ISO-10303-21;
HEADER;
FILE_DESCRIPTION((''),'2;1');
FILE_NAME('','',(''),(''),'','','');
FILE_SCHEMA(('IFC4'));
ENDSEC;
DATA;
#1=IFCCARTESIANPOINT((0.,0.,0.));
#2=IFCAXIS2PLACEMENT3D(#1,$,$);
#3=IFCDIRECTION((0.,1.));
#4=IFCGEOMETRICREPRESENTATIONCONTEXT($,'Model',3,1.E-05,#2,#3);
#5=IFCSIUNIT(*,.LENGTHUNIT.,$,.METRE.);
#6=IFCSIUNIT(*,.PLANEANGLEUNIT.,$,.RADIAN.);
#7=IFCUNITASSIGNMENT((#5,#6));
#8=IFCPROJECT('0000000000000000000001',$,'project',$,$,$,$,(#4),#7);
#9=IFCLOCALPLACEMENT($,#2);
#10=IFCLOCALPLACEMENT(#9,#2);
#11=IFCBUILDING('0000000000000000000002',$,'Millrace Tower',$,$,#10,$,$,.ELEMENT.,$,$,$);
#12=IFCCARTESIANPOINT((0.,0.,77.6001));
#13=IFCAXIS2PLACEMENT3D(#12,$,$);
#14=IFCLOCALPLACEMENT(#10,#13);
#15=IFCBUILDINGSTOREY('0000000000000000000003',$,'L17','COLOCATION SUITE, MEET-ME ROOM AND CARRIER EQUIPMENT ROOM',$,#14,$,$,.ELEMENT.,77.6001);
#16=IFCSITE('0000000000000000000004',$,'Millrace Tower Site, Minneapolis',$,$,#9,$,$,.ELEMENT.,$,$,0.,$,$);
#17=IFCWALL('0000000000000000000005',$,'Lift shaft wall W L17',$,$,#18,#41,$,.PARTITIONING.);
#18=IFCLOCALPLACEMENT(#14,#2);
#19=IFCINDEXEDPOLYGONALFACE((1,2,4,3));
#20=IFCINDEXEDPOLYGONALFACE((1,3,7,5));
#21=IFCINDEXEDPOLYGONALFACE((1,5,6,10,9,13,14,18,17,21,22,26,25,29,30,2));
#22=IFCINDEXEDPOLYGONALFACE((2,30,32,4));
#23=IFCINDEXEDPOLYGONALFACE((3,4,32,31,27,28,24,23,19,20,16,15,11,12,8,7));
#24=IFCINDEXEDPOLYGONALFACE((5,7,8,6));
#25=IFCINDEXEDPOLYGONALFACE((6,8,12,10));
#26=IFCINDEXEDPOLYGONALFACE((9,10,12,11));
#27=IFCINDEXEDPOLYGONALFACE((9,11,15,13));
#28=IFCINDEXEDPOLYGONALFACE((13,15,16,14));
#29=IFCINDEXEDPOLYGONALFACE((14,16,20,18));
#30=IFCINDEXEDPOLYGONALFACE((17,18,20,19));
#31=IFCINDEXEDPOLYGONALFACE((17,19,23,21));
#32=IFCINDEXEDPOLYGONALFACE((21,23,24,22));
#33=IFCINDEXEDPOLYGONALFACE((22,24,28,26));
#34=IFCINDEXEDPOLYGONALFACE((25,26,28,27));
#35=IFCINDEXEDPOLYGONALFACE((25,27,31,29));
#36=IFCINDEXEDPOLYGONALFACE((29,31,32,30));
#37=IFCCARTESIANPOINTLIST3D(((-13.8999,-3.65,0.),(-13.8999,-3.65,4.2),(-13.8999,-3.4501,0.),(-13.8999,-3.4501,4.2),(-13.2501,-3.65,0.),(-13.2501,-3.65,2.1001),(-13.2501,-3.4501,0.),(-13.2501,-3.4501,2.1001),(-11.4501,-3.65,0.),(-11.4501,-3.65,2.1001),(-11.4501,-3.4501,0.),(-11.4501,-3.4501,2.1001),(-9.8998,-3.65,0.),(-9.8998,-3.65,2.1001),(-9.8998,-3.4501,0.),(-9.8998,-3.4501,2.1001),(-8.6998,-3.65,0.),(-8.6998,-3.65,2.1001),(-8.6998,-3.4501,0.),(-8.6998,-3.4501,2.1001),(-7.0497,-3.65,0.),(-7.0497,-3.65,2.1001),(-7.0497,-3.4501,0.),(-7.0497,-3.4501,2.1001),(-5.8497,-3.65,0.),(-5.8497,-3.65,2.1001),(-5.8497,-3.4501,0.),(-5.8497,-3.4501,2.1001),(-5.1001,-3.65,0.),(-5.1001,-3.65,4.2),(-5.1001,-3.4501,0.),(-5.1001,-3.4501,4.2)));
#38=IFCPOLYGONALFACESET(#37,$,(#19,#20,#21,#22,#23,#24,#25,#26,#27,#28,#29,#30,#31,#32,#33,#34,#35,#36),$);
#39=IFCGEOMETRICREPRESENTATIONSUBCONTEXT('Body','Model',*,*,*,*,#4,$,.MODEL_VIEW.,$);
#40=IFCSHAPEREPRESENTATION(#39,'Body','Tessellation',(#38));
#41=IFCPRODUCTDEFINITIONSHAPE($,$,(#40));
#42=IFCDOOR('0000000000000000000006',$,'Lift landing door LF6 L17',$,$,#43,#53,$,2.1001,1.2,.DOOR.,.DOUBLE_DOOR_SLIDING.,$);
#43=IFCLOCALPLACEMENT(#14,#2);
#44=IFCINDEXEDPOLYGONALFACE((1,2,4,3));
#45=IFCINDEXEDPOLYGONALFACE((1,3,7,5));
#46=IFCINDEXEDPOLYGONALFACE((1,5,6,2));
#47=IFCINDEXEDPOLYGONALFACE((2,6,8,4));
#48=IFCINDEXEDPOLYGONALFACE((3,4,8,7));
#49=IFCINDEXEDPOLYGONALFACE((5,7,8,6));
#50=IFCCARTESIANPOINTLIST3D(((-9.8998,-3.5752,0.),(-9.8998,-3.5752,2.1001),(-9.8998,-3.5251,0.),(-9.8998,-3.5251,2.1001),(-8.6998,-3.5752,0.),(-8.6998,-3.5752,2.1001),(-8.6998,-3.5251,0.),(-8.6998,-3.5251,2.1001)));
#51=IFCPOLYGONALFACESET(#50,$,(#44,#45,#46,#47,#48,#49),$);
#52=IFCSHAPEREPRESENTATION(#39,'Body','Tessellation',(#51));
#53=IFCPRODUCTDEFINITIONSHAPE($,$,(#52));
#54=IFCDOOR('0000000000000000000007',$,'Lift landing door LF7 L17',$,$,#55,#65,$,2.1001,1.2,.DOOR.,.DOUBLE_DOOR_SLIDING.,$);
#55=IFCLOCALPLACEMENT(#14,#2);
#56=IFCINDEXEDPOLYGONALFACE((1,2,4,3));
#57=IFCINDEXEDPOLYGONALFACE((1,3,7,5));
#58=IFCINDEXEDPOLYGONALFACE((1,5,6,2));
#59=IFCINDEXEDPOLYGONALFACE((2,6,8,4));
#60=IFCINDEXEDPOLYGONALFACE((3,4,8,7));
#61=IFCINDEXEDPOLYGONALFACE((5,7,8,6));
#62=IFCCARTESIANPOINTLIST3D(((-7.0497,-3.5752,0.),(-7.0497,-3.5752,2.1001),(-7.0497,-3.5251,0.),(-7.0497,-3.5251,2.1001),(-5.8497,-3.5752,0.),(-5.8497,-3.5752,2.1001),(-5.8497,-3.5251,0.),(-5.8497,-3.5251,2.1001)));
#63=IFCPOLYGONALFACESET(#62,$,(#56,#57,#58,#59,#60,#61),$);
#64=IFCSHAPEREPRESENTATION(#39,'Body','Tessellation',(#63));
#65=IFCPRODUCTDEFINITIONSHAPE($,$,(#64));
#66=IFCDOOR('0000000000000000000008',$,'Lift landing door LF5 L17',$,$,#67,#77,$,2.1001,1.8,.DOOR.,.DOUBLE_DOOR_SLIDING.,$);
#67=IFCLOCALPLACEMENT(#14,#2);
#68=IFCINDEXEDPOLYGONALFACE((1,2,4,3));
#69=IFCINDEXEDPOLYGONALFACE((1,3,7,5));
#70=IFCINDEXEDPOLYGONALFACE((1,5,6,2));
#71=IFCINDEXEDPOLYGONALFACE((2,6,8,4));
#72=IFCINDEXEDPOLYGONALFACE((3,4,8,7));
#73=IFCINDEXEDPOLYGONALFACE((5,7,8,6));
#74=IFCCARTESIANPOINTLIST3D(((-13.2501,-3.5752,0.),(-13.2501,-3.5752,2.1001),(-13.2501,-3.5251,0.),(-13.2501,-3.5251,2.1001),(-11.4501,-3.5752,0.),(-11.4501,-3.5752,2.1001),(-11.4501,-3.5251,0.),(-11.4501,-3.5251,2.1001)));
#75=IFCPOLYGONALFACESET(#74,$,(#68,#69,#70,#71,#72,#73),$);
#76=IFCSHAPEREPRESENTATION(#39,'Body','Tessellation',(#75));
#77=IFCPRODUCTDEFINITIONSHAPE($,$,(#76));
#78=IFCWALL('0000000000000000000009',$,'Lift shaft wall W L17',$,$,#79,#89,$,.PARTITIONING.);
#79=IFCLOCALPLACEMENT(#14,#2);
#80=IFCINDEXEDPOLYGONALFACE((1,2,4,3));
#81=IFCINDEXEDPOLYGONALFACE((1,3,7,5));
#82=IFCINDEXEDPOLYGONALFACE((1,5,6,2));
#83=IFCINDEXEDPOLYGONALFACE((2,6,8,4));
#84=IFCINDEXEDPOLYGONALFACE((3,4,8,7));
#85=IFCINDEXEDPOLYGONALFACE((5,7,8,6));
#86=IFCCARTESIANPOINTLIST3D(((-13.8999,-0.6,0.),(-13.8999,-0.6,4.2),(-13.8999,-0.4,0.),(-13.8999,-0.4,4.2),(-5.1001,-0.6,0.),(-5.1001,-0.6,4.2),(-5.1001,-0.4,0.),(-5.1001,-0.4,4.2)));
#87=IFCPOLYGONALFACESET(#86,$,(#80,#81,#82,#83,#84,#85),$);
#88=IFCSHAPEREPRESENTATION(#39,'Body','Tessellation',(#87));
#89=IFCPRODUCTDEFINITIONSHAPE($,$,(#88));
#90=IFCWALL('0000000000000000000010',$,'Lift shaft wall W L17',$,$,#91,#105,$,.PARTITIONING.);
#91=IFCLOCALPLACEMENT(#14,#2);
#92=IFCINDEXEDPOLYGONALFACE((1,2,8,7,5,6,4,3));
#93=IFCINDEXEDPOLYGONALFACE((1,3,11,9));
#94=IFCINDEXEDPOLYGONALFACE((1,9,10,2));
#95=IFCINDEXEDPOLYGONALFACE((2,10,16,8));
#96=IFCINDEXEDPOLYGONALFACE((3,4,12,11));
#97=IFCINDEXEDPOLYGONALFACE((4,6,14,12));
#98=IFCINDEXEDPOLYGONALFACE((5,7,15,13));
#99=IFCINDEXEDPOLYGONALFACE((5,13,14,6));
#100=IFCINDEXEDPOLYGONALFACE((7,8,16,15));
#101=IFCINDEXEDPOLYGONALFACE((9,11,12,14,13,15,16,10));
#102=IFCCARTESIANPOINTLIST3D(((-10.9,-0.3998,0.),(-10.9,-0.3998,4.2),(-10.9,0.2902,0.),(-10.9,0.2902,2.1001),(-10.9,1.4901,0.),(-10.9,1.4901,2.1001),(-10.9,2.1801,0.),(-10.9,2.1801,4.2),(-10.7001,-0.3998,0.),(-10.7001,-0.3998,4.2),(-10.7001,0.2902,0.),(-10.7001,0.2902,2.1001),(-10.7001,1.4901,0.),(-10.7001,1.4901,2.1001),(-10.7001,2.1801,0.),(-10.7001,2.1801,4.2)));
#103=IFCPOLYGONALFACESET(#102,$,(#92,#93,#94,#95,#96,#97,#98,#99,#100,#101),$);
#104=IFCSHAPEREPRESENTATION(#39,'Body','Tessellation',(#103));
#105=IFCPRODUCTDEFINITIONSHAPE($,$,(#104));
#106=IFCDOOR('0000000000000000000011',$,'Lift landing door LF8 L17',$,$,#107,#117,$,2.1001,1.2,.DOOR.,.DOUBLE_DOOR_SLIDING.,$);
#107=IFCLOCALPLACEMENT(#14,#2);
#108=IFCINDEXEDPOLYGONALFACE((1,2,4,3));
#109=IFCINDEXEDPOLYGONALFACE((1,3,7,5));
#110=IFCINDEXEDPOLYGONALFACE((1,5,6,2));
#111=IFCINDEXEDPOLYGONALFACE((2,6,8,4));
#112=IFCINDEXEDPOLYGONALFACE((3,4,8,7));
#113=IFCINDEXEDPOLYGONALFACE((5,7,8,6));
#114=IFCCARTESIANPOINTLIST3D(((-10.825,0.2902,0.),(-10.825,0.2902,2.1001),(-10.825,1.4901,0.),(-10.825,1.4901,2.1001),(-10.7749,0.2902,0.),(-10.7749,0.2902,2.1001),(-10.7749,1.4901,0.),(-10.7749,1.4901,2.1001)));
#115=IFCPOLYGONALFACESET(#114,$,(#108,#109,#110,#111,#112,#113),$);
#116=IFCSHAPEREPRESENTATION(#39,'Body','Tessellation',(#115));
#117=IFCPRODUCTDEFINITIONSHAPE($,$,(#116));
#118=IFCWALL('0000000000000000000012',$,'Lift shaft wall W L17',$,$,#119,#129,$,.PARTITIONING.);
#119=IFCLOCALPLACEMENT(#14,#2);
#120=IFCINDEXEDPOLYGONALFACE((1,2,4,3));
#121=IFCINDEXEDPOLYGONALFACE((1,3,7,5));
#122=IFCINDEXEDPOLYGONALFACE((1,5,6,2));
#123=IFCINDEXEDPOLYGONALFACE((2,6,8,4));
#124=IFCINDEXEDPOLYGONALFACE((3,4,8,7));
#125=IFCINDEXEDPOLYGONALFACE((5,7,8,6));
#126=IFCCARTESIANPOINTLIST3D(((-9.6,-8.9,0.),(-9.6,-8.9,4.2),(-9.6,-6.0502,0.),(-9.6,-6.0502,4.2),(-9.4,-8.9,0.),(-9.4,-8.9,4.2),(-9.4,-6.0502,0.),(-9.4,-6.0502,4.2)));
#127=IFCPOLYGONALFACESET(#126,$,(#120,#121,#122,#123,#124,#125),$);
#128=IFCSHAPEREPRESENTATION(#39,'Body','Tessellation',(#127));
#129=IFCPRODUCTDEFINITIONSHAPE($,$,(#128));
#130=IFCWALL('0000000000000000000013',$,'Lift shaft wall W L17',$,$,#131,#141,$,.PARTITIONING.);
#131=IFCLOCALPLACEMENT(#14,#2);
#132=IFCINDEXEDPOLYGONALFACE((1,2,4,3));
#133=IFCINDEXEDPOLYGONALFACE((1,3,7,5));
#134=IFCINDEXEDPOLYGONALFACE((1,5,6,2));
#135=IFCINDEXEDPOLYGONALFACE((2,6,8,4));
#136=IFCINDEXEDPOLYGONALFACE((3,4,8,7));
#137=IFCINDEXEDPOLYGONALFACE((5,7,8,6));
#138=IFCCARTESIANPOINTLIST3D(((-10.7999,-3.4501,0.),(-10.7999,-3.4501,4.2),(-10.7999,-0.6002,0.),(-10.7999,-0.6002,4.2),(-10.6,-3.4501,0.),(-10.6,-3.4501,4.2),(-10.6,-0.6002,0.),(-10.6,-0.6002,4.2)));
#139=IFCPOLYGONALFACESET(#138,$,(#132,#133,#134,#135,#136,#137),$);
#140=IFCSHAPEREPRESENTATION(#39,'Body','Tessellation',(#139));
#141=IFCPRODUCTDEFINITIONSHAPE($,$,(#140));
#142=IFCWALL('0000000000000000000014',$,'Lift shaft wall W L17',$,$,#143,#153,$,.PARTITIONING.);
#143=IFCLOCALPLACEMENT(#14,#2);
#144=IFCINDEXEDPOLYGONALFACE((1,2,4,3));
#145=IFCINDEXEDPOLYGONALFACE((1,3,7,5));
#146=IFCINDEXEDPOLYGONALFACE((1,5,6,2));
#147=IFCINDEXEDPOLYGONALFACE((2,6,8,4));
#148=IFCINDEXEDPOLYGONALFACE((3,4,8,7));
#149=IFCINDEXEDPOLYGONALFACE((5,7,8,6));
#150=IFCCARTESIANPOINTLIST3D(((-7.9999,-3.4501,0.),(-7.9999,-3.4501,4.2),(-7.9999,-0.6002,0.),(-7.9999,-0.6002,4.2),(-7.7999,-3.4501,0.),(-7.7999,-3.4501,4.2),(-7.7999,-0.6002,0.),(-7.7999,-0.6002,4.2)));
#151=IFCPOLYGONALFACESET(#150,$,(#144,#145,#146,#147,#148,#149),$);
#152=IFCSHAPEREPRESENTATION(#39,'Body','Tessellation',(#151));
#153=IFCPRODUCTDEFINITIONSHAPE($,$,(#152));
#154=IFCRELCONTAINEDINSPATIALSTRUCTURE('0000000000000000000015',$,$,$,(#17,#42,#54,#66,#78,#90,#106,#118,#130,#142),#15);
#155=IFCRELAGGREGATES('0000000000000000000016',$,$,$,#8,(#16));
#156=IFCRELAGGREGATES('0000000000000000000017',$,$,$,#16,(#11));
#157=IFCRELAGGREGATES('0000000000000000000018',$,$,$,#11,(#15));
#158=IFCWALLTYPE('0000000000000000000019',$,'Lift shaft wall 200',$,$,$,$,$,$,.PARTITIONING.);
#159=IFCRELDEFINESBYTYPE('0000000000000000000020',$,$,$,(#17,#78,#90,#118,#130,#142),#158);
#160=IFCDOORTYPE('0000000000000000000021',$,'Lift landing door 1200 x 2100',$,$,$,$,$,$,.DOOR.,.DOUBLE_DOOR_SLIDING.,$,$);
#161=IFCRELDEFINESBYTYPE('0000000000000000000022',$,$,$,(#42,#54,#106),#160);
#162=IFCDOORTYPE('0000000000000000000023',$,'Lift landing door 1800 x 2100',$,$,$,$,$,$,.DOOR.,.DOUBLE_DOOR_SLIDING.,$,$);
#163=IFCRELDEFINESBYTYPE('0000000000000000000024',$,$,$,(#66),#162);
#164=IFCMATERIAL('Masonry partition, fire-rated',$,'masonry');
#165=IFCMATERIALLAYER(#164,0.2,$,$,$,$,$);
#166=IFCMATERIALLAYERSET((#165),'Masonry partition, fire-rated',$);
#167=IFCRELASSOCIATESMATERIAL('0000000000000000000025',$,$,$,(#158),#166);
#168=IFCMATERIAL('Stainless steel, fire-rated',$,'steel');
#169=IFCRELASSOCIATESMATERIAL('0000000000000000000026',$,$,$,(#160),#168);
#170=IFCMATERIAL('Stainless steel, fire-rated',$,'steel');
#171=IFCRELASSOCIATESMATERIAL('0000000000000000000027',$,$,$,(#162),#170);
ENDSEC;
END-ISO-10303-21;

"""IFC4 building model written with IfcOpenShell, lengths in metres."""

from ifc_helpers import new_model, si_unit, direction, frame, frame_2d, origin, place, context, subcontext, project, spatial, rectangle, extrude, material, layer, layer_set, type_object, element, fill, save


model = new_model("IFC4")

# Units and contexts
model_context = context("Model", 3, precision=1e-05, world=origin(), true_north=direction((0.0, 1.0)))
body_context = subcontext(model_context, "Body", "Model", "MODEL_VIEW")
ifc_project = project(units=[si_unit("LENGTHUNIT", "METRE"), si_unit("PLANEANGLEUNIT", "RADIAN")], contexts=[model_context])

# Site, building, storey
site_placement = place(None, origin())
site = spatial("IfcSite", under=ifc_project, at=site_placement, Name="Millrace Tower Site, Minneapolis", CompositionType="ELEMENT", RefElevation=0.0)
building_placement = place(site_placement, origin())
building = spatial("IfcBuilding", under=site, at=building_placement, Name="Millrace Tower", CompositionType="ELEMENT")
storey_placement = place(building_placement, frame((0.0, 0.0, 77.6001)))
storey = spatial("IfcBuildingStorey", under=building, at=storey_placement, Name="L17", Description="COLOCATION SUITE, MEET-ME ROOM AND CARRIER EQUIPMENT ROOM", CompositionType="ELEMENT", Elevation=77.6001)

# Wall, openings, doors
ifc_material_1 = material(Name="Masonry partition, fire-rated", Category="masonry")
ifc_layer_1 = layer(ifc_material_1, 0.2)
ifc_layer_set_1 = layer_set([ifc_layer_1], Name="Masonry partition, fire-rated")
wall_type_1 = type_object("IfcWallType", Name="Lift shaft wall 200", PredefinedType="PARTITIONING", material=ifc_layer_set_1)
wall_1_placement = place(storey_placement, frame((-13.8999, -3.55, 0.0), z_axis=(0.0, 0.0, 1.0), x_axis=(1.0, 0.0, 0.0)))
wall_1 = element("IfcWall", 1, at=wall_1_placement, inside=storey, type_object=wall_type_1, Name="Lift shaft wall W L17", PredefinedType="PARTITIONING", context=body_context, shape_type="SweptSolid", body=[
    extrude(rectangle(XDim=8.7998, YDim=0.2, at=frame_2d((4.3999, 0.0))), origin(), (0.0, 0.0, 1.0), 4.2),
])
opening_1_placement = place(wall_1_placement, frame((0.6499, 0.0, 0.0)))
opening_1 = element("IfcOpeningElement", 2, at=opening_1_placement, cuts=wall_1, PredefinedType="OPENING", context=body_context, shape_type="SweptSolid", body=[
    extrude(rectangle(XDim=1.8, YDim=2.1001, at=frame_2d((0.8999, 1.05))), frame((0.0, 0.1099, 0.0), z_axis=(0.0, -1.0, 0.0), x_axis=(1.0, 0.0, 0.0)), (0.0, 0.0, 1.0), 0.22),
])
opening_2_placement = place(wall_1_placement, frame((4.0, 0.0, 0.0)))
opening_2 = element("IfcOpeningElement", 3, at=opening_2_placement, cuts=wall_1, PredefinedType="OPENING", context=body_context, shape_type="SweptSolid", body=[
    extrude(rectangle(XDim=1.2, YDim=2.1001, at=frame_2d((0.6001, 1.05))), frame((0.0, 0.1099, 0.0), z_axis=(0.0, -1.0, 0.0), x_axis=(1.0, 0.0, 0.0)), (0.0, 0.0, 1.0), 0.22),
])
opening_3_placement = place(wall_1_placement, frame((6.8501, 0.0, 0.0)))
opening_3 = element("IfcOpeningElement", 4, at=opening_3_placement, cuts=wall_1, PredefinedType="OPENING", context=body_context, shape_type="SweptSolid", body=[
    extrude(rectangle(XDim=1.2, YDim=2.1001, at=frame_2d((0.6001, 1.05))), frame((0.0, 0.1099, 0.0), z_axis=(0.0, -1.0, 0.0), x_axis=(1.0, 0.0, 0.0)), (0.0, 0.0, 1.0), 0.22),
])
ifc_material_2 = material(Name="Stainless steel, fire-rated", Category="steel")
door_type_1 = type_object("IfcDoorType", Name="Lift landing door 1200 x 2100", OperationType="DOUBLE_DOOR_SLIDING", PredefinedType="DOOR", material=ifc_material_2)
door_1_placement = place(opening_2_placement, origin())
door_1 = element("IfcDoor", 5, at=door_1_placement, inside=storey, type_object=door_type_1, Name="Lift landing door LF6 L17", OperationType="DOUBLE_DOOR_SLIDING", OverallHeight=2.1001, OverallWidth=1.2, PredefinedType="DOOR", context=body_context, shape_type="SweptSolid", body=[
    extrude(rectangle(XDim=1.2, YDim=2.1001, at=frame_2d((0.6001, 1.05))), frame((0.0, 0.0249, 0.0), z_axis=(0.0, -1.0, 0.0), x_axis=(1.0, 0.0, 0.0)), (0.0, 0.0, 1.0), 0.05),
])
fill(opening_2, door_1)
door_2_placement = place(opening_3_placement, origin())
door_2 = element("IfcDoor", 6, at=door_2_placement, inside=storey, type_object=door_type_1, Name="Lift landing door LF7 L17", OperationType="DOUBLE_DOOR_SLIDING", OverallHeight=2.1001, OverallWidth=1.2, PredefinedType="DOOR", context=body_context, shape_type="SweptSolid", body=[
    extrude(rectangle(XDim=1.2, YDim=2.1001, at=frame_2d((0.6001, 1.05))), frame((0.0, 0.0249, 0.0), z_axis=(0.0, -1.0, 0.0), x_axis=(1.0, 0.0, 0.0)), (0.0, 0.0, 1.0), 0.05),
])
fill(opening_3, door_2)
ifc_material_3 = material(Name="Stainless steel, fire-rated", Category="steel")
door_type_2 = type_object("IfcDoorType", Name="Lift landing door 1800 x 2100", OperationType="DOUBLE_DOOR_SLIDING", PredefinedType="DOOR", material=ifc_material_3)
door_3_placement = place(opening_1_placement, origin())
door_3 = element("IfcDoor", 7, at=door_3_placement, inside=storey, type_object=door_type_2, Name="Lift landing door LF5 L17", OperationType="DOUBLE_DOOR_SLIDING", OverallHeight=2.1001, OverallWidth=1.8, PredefinedType="DOOR", context=body_context, shape_type="SweptSolid", body=[
    extrude(rectangle(XDim=1.8, YDim=2.1001, at=frame_2d((0.8999, 1.05))), frame((0.0, 0.0249, 0.0), z_axis=(0.0, -1.0, 0.0), x_axis=(1.0, 0.0, 0.0)), (0.0, 0.0, 1.0), 0.05),
])
fill(opening_1, door_3)

# Wall
wall_2_placement = place(storey_placement, frame((-13.8999, -0.5, 0.0), z_axis=(0.0, 0.0, 1.0), x_axis=(1.0, 0.0, 0.0)))
element("IfcWall", 8, at=wall_2_placement, inside=storey, type_object=wall_type_1, Name="Lift shaft wall W L17", PredefinedType="PARTITIONING", context=body_context, shape_type="SweptSolid", body=[
    extrude(rectangle(XDim=8.7998, YDim=0.2, at=frame_2d((4.3999, 0.0))), origin(), (0.0, 0.0, 1.0), 4.2),
])

# Wall, opening, door
wall_3_placement = place(storey_placement, frame((-10.8, -0.3999, 0.0), z_axis=(0.0, 0.0, 1.0), x_axis=(0.0, 1.0, 0.0)))
wall_3 = element("IfcWall", 9, at=wall_3_placement, inside=storey, type_object=wall_type_1, Name="Lift shaft wall W L17", PredefinedType="PARTITIONING", context=body_context, shape_type="SweptSolid", body=[
    extrude(rectangle(XDim=2.5798, YDim=0.2, at=frame_2d((1.29, 0.0))), origin(), (0.0, 0.0, 1.0), 4.2),
])
opening_4_placement = place(wall_3_placement, frame((0.6899, 0.0, 0.0)))
opening_4 = element("IfcOpeningElement", 10, at=opening_4_placement, cuts=wall_3, PredefinedType="OPENING", context=body_context, shape_type="SweptSolid", body=[
    extrude(rectangle(XDim=1.2, YDim=2.1001, at=frame_2d((0.6001, 1.05))), frame((0.0, 0.1099, 0.0), z_axis=(0.0, -1.0, 0.0), x_axis=(1.0, 0.0, 0.0)), (0.0, 0.0, 1.0), 0.22),
])
door_4_placement = place(opening_4_placement, origin())
door_4 = element("IfcDoor", 11, at=door_4_placement, inside=storey, type_object=door_type_1, Name="Lift landing door LF8 L17", OperationType="DOUBLE_DOOR_SLIDING", OverallHeight=2.1001, OverallWidth=1.2, PredefinedType="DOOR", context=body_context, shape_type="SweptSolid", body=[
    extrude(rectangle(XDim=1.2, YDim=2.1001, at=frame_2d((0.6001, 1.05))), frame((0.0, 0.0249, 0.0), z_axis=(0.0, -1.0, 0.0), x_axis=(1.0, 0.0, 0.0)), (0.0, 0.0, 1.0), 0.05),
])
fill(opening_4, door_4)

# Walls
for number, where, z_axis, x_axis, name in (
    (12, (-9.5, -8.8999, 0.0), (0.0, 0.0, 1.0), (0.0, 1.0, 0.0), "Lift shaft wall W L17"),
    (13, (-10.7, -3.45, 0.0), (0.0, 0.0, 1.0), (0.0, 1.0, 0.0), "Lift shaft wall W L17"),
    (14, (-7.8999, -3.45, 0.0), (0.0, 0.0, 1.0), (0.0, 1.0, 0.0), "Lift shaft wall W L17"),
):
    element("IfcWall", number, at=place(storey_placement, frame(where, z_axis=z_axis, x_axis=x_axis)), inside=storey, type_object=wall_type_1, Name=name, PredefinedType="PARTITIONING", context=body_context, shape_type="SweptSolid", body=[
        extrude(rectangle(XDim=2.8499, YDim=0.2, at=frame_2d((1.4248, 0.0))), origin(), (0.0, 0.0, 1.0), 4.2),
    ])

save(model, "model.ifc")
